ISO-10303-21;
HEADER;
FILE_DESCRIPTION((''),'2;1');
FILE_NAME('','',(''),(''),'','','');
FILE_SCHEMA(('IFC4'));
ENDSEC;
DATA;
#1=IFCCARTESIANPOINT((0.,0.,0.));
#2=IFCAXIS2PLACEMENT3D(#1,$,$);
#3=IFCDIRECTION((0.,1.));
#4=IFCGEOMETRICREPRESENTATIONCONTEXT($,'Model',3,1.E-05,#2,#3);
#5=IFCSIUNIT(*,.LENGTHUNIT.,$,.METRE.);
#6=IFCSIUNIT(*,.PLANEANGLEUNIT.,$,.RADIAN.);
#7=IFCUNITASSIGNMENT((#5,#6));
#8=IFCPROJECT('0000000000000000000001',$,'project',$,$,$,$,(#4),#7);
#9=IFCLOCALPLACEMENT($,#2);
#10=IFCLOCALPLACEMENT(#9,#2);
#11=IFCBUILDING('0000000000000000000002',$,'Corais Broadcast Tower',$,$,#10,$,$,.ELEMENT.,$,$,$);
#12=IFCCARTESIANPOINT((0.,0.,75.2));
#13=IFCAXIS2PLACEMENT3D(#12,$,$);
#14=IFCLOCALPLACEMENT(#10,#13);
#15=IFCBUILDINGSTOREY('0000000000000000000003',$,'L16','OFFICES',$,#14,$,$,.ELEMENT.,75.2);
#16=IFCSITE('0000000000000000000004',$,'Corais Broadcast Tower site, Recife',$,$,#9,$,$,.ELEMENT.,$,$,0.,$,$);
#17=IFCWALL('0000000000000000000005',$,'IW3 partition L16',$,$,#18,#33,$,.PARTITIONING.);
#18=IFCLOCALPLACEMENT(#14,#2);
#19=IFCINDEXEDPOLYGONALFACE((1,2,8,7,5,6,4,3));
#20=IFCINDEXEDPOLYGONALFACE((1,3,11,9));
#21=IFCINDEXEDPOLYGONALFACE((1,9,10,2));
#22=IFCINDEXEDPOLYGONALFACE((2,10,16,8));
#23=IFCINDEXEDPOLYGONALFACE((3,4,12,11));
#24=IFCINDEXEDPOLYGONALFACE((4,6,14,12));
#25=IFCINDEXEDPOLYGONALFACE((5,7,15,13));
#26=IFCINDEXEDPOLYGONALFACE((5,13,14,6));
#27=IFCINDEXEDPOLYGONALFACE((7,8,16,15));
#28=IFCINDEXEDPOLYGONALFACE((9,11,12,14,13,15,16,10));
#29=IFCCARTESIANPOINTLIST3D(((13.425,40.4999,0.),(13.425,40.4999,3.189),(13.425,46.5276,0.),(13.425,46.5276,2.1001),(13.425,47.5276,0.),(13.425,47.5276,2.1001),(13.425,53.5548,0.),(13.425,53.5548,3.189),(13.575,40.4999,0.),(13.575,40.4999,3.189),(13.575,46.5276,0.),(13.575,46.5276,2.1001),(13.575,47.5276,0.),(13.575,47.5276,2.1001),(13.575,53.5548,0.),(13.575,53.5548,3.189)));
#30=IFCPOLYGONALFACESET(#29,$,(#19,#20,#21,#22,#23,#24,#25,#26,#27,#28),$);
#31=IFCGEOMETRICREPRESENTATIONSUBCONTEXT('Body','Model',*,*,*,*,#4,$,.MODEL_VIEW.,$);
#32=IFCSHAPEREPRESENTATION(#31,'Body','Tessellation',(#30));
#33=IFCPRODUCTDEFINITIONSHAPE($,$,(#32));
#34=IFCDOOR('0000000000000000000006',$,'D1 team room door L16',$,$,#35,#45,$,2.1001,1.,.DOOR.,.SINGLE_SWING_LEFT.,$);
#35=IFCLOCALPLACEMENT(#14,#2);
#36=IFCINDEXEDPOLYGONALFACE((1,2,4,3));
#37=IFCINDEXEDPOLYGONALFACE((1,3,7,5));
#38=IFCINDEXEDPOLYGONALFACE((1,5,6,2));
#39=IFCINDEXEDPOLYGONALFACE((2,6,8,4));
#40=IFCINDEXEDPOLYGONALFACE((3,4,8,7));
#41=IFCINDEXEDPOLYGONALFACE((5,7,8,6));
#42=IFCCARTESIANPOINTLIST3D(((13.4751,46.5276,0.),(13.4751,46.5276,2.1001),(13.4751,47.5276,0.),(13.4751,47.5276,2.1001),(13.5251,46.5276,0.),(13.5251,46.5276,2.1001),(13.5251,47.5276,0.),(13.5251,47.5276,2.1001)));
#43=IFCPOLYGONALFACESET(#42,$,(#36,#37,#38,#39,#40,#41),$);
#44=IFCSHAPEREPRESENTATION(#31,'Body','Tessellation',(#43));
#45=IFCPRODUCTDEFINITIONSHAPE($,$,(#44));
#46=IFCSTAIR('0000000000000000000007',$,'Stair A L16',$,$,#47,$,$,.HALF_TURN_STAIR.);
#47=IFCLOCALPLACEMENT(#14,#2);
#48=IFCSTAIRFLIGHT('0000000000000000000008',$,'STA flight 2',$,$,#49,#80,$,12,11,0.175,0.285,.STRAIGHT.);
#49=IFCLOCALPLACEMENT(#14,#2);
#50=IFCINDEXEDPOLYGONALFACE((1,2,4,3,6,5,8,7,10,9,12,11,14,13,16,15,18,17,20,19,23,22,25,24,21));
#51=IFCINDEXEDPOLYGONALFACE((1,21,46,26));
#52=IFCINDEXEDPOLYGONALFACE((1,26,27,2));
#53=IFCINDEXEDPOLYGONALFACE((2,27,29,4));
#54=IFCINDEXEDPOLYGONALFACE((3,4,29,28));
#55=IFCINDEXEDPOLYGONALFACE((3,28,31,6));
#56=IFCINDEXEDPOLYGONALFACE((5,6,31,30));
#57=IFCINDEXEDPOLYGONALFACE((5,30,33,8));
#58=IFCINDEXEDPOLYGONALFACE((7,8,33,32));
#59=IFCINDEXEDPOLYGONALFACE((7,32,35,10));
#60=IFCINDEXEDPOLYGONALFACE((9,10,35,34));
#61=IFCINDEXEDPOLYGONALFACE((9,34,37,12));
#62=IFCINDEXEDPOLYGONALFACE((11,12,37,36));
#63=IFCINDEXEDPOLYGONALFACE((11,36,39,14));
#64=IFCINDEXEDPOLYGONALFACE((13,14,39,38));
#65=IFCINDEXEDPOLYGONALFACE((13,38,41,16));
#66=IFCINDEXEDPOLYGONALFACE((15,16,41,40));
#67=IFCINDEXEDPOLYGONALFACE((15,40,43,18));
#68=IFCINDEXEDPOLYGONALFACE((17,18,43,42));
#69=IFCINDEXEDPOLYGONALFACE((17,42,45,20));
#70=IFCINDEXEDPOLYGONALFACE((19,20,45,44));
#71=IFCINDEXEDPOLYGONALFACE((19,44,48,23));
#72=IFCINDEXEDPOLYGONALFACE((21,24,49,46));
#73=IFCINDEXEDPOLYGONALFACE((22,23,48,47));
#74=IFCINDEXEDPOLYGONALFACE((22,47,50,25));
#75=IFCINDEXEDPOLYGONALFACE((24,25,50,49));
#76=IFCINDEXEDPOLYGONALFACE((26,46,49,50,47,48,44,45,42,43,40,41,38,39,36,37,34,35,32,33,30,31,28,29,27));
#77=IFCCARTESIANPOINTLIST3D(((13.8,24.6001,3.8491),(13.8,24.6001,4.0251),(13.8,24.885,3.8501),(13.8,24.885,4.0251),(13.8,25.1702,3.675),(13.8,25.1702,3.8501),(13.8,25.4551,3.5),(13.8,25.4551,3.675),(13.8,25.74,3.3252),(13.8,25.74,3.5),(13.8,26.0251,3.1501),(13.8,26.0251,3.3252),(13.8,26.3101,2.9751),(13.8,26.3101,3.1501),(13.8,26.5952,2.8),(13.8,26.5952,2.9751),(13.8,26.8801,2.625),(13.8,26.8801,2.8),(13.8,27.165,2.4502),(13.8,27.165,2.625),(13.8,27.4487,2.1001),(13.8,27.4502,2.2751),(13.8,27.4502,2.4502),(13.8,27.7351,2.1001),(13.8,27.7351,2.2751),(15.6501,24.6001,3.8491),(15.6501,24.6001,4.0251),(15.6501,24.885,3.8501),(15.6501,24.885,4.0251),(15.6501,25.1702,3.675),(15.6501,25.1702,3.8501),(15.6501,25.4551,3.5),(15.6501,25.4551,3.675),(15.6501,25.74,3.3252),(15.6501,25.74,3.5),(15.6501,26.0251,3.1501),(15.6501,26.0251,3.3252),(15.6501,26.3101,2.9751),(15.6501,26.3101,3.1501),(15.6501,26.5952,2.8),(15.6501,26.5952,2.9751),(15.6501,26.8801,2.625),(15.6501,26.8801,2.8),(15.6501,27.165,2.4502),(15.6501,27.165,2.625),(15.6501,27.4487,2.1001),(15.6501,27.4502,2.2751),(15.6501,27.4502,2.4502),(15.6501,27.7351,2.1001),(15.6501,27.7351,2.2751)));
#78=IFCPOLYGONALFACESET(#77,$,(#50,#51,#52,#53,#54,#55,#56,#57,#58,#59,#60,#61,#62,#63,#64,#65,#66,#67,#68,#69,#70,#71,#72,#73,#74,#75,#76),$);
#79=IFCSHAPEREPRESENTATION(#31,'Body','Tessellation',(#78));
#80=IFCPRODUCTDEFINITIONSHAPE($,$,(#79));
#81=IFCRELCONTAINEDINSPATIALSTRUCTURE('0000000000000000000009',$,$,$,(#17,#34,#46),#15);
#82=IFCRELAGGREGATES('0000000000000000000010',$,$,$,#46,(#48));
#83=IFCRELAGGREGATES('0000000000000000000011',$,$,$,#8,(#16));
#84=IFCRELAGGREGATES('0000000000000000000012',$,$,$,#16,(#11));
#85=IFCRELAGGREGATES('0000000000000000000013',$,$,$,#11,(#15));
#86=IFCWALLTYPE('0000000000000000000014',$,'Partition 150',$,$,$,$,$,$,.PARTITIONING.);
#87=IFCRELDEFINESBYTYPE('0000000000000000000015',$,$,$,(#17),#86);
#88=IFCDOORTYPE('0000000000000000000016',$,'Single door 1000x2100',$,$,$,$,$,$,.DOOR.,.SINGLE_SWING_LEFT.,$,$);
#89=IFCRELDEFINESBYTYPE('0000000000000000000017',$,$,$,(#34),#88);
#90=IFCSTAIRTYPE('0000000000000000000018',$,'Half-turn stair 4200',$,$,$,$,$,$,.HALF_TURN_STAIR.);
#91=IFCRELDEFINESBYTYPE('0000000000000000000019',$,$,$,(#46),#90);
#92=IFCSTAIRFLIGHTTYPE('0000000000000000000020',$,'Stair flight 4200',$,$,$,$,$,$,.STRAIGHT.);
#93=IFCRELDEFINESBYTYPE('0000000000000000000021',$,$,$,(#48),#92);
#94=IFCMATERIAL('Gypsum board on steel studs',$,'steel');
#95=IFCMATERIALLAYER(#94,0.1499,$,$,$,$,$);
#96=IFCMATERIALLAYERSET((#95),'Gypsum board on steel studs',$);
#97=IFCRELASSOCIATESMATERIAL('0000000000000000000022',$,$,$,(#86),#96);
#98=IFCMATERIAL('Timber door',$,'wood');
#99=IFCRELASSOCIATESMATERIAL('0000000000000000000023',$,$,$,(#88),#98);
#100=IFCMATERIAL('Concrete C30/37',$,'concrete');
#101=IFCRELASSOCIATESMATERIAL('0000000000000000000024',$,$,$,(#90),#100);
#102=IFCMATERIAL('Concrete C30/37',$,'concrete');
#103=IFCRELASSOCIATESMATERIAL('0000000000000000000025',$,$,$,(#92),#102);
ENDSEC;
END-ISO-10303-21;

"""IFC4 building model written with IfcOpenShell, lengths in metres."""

from ifc_helpers import new_model, si_unit, direction, frame, frame_2d, origin, place, context, subcontext, project, spatial, polyline, rectangle, outline, extrude, material, layer, layer_set, type_object, element, fill, aggregate, save


model = new_model("IFC4")

# Units and contexts
model_context = context("Model", 3, precision=1e-05, world=origin(), true_north=direction((0.0, 1.0)))
body_context = subcontext(model_context, "Body", "Model", "MODEL_VIEW")
ifc_project = project(units=[si_unit("LENGTHUNIT", "METRE"), si_unit("PLANEANGLEUNIT", "RADIAN")], contexts=[model_context])

# Site, building, storey
site_placement = place(None, origin())
site = spatial("IfcSite", under=ifc_project, at=site_placement, Name="Corais Broadcast Tower site, Recife", CompositionType="ELEMENT", RefElevation=0.0)
building_placement = place(site_placement, origin())
building = spatial("IfcBuilding", under=site, at=building_placement, Name="Corais Broadcast Tower", CompositionType="ELEMENT")
storey_placement = place(building_placement, frame((0.0, 0.0, 75.2)))
storey = spatial("IfcBuildingStorey", under=building, at=storey_placement, Name="L16", Description="OFFICES", CompositionType="ELEMENT", Elevation=75.2)

# Shared definitions
ifc_material_1 = material(Name="Gypsum board on steel studs", Category="steel")
ifc_layer_1 = layer(ifc_material_1, 0.1499)
ifc_layer_set_1 = layer_set([ifc_layer_1], Name="Gypsum board on steel studs")
wall_type_1 = type_object("IfcWallType", Name="Partition 150", PredefinedType="PARTITIONING", material=ifc_layer_set_1)
ifc_material_2 = material(Name="Timber door", Category="wood")
door_type_1 = type_object("IfcDoorType", Name="Single door 1000x2100", OperationType="SINGLE_SWING_LEFT", PredefinedType="DOOR", material=ifc_material_2)

# Wall, opening, door
wall_1_placement = place(storey_placement, frame((13.5, 40.5, 0.0), z_axis=(0.0, 0.0, 1.0), x_axis=(0.0, 1.0, 0.0)))
wall_1 = element("IfcWall", 1, at=wall_1_placement, inside=storey, type_object=wall_type_1, Name="IW3 partition L16", PredefinedType="PARTITIONING", context=body_context, shape_type="SweptSolid", body=[
    extrude(rectangle(XDim=13.0549, YDim=0.1499, at=frame_2d((6.5273, 0.0))), origin(), (0.0, 0.0, 1.0), 3.189),
])
opening_1_placement = place(wall_1_placement, frame((6.0276, 0.0, 0.0)))
opening_1 = element("IfcOpeningElement", 2, at=opening_1_placement, cuts=wall_1, PredefinedType="OPENING", context=body_context, shape_type="SweptSolid", body=[
    extrude(rectangle(XDim=1.0, YDim=2.1001, at=frame_2d((0.5, 1.05))), frame((0.0, 0.085, 0.0), z_axis=(0.0, -1.0, 0.0), x_axis=(1.0, 0.0, 0.0)), (0.0, 0.0, 1.0), 0.1699),
])
door_1_placement = place(opening_1_placement, origin())
door_1 = element("IfcDoor", 3, at=door_1_placement, inside=storey, type_object=door_type_1, Name="D1 team room door L16", OperationType="SINGLE_SWING_LEFT", OverallHeight=2.1001, OverallWidth=1.0, PredefinedType="DOOR", context=body_context, shape_type="SweptSolid", body=[
    extrude(rectangle(XDim=1.0, YDim=2.1001, at=frame_2d((0.5, 1.05))), frame((0.0, 0.0249, 0.0), z_axis=(0.0, -1.0, 0.0), x_axis=(1.0, 0.0, 0.0)), (0.0, 0.0, 1.0), 0.05),
])
fill(opening_1, door_1)

# Stair, stair flight
ifc_material_3 = material(Name="Concrete C30/37", Category="concrete")
stair_type = type_object("IfcStairType", Name="Half-turn stair 4200", PredefinedType="HALF_TURN_STAIR", material=ifc_material_3)
stair_placement = place(storey_placement, origin())
stair = element("IfcStair", 4, at=stair_placement, inside=storey, type_object=stair_type, Name="Stair A L16", PredefinedType="HALF_TURN_STAIR")
ifc_material_4 = material(Name="Concrete C30/37", Category="concrete")
stair_flight_type = type_object("IfcStairFlightType", Name="Stair flight 4200", PredefinedType="STRAIGHT", material=ifc_material_4)
stair_flight_placement = place(storey_placement, frame((14.7251, 27.7351, 2.1001), z_axis=(0.0, 0.0, 1.0), x_axis=(0.0, -1.0, 0.0)))
stair_flight = element("IfcStairFlight", 5, at=stair_flight_placement, type_object=stair_flight_type, Name="STA flight 2", NumberOfRisers=12, NumberOfTreads=11, PredefinedType="STRAIGHT", RiserHeight=0.175, TreadLength=0.285, context=body_context, shape_type="SweptSolid", body=[
    extrude(outline(polyline([(0.0, 0.0), (0.0, 0.175), (0.2849, 0.175), (0.2849, 0.3501), (0.5701, 0.3501), (0.5701, 0.5249), (0.855, 0.5249), (0.855, 0.7), (1.1399, 0.7), (1.1399, 0.875), (1.425, 0.875), (1.425, 1.05), (1.71, 1.05), (1.71, 1.2251), (1.9951, 1.2251), (1.9951, 1.3999), (2.28, 1.3999), (2.28, 1.575), (2.5649, 1.575), (2.5649, 1.75), (2.8501, 1.75), (2.8501, 1.925), (3.135, 1.925), (3.135, 2.1001), (3.135, 1.749), (0.2864, 0.0), (0.0, 0.0)])), frame((0.0, 0.925, 0.0), z_axis=(0.0, -1.0, 0.0), x_axis=(1.0, 0.0, 0.0)), (0.0, 0.0, 1.0), 1.8501),
])
aggregate(stair, [stair_flight])

save(model, "model.ifc")
